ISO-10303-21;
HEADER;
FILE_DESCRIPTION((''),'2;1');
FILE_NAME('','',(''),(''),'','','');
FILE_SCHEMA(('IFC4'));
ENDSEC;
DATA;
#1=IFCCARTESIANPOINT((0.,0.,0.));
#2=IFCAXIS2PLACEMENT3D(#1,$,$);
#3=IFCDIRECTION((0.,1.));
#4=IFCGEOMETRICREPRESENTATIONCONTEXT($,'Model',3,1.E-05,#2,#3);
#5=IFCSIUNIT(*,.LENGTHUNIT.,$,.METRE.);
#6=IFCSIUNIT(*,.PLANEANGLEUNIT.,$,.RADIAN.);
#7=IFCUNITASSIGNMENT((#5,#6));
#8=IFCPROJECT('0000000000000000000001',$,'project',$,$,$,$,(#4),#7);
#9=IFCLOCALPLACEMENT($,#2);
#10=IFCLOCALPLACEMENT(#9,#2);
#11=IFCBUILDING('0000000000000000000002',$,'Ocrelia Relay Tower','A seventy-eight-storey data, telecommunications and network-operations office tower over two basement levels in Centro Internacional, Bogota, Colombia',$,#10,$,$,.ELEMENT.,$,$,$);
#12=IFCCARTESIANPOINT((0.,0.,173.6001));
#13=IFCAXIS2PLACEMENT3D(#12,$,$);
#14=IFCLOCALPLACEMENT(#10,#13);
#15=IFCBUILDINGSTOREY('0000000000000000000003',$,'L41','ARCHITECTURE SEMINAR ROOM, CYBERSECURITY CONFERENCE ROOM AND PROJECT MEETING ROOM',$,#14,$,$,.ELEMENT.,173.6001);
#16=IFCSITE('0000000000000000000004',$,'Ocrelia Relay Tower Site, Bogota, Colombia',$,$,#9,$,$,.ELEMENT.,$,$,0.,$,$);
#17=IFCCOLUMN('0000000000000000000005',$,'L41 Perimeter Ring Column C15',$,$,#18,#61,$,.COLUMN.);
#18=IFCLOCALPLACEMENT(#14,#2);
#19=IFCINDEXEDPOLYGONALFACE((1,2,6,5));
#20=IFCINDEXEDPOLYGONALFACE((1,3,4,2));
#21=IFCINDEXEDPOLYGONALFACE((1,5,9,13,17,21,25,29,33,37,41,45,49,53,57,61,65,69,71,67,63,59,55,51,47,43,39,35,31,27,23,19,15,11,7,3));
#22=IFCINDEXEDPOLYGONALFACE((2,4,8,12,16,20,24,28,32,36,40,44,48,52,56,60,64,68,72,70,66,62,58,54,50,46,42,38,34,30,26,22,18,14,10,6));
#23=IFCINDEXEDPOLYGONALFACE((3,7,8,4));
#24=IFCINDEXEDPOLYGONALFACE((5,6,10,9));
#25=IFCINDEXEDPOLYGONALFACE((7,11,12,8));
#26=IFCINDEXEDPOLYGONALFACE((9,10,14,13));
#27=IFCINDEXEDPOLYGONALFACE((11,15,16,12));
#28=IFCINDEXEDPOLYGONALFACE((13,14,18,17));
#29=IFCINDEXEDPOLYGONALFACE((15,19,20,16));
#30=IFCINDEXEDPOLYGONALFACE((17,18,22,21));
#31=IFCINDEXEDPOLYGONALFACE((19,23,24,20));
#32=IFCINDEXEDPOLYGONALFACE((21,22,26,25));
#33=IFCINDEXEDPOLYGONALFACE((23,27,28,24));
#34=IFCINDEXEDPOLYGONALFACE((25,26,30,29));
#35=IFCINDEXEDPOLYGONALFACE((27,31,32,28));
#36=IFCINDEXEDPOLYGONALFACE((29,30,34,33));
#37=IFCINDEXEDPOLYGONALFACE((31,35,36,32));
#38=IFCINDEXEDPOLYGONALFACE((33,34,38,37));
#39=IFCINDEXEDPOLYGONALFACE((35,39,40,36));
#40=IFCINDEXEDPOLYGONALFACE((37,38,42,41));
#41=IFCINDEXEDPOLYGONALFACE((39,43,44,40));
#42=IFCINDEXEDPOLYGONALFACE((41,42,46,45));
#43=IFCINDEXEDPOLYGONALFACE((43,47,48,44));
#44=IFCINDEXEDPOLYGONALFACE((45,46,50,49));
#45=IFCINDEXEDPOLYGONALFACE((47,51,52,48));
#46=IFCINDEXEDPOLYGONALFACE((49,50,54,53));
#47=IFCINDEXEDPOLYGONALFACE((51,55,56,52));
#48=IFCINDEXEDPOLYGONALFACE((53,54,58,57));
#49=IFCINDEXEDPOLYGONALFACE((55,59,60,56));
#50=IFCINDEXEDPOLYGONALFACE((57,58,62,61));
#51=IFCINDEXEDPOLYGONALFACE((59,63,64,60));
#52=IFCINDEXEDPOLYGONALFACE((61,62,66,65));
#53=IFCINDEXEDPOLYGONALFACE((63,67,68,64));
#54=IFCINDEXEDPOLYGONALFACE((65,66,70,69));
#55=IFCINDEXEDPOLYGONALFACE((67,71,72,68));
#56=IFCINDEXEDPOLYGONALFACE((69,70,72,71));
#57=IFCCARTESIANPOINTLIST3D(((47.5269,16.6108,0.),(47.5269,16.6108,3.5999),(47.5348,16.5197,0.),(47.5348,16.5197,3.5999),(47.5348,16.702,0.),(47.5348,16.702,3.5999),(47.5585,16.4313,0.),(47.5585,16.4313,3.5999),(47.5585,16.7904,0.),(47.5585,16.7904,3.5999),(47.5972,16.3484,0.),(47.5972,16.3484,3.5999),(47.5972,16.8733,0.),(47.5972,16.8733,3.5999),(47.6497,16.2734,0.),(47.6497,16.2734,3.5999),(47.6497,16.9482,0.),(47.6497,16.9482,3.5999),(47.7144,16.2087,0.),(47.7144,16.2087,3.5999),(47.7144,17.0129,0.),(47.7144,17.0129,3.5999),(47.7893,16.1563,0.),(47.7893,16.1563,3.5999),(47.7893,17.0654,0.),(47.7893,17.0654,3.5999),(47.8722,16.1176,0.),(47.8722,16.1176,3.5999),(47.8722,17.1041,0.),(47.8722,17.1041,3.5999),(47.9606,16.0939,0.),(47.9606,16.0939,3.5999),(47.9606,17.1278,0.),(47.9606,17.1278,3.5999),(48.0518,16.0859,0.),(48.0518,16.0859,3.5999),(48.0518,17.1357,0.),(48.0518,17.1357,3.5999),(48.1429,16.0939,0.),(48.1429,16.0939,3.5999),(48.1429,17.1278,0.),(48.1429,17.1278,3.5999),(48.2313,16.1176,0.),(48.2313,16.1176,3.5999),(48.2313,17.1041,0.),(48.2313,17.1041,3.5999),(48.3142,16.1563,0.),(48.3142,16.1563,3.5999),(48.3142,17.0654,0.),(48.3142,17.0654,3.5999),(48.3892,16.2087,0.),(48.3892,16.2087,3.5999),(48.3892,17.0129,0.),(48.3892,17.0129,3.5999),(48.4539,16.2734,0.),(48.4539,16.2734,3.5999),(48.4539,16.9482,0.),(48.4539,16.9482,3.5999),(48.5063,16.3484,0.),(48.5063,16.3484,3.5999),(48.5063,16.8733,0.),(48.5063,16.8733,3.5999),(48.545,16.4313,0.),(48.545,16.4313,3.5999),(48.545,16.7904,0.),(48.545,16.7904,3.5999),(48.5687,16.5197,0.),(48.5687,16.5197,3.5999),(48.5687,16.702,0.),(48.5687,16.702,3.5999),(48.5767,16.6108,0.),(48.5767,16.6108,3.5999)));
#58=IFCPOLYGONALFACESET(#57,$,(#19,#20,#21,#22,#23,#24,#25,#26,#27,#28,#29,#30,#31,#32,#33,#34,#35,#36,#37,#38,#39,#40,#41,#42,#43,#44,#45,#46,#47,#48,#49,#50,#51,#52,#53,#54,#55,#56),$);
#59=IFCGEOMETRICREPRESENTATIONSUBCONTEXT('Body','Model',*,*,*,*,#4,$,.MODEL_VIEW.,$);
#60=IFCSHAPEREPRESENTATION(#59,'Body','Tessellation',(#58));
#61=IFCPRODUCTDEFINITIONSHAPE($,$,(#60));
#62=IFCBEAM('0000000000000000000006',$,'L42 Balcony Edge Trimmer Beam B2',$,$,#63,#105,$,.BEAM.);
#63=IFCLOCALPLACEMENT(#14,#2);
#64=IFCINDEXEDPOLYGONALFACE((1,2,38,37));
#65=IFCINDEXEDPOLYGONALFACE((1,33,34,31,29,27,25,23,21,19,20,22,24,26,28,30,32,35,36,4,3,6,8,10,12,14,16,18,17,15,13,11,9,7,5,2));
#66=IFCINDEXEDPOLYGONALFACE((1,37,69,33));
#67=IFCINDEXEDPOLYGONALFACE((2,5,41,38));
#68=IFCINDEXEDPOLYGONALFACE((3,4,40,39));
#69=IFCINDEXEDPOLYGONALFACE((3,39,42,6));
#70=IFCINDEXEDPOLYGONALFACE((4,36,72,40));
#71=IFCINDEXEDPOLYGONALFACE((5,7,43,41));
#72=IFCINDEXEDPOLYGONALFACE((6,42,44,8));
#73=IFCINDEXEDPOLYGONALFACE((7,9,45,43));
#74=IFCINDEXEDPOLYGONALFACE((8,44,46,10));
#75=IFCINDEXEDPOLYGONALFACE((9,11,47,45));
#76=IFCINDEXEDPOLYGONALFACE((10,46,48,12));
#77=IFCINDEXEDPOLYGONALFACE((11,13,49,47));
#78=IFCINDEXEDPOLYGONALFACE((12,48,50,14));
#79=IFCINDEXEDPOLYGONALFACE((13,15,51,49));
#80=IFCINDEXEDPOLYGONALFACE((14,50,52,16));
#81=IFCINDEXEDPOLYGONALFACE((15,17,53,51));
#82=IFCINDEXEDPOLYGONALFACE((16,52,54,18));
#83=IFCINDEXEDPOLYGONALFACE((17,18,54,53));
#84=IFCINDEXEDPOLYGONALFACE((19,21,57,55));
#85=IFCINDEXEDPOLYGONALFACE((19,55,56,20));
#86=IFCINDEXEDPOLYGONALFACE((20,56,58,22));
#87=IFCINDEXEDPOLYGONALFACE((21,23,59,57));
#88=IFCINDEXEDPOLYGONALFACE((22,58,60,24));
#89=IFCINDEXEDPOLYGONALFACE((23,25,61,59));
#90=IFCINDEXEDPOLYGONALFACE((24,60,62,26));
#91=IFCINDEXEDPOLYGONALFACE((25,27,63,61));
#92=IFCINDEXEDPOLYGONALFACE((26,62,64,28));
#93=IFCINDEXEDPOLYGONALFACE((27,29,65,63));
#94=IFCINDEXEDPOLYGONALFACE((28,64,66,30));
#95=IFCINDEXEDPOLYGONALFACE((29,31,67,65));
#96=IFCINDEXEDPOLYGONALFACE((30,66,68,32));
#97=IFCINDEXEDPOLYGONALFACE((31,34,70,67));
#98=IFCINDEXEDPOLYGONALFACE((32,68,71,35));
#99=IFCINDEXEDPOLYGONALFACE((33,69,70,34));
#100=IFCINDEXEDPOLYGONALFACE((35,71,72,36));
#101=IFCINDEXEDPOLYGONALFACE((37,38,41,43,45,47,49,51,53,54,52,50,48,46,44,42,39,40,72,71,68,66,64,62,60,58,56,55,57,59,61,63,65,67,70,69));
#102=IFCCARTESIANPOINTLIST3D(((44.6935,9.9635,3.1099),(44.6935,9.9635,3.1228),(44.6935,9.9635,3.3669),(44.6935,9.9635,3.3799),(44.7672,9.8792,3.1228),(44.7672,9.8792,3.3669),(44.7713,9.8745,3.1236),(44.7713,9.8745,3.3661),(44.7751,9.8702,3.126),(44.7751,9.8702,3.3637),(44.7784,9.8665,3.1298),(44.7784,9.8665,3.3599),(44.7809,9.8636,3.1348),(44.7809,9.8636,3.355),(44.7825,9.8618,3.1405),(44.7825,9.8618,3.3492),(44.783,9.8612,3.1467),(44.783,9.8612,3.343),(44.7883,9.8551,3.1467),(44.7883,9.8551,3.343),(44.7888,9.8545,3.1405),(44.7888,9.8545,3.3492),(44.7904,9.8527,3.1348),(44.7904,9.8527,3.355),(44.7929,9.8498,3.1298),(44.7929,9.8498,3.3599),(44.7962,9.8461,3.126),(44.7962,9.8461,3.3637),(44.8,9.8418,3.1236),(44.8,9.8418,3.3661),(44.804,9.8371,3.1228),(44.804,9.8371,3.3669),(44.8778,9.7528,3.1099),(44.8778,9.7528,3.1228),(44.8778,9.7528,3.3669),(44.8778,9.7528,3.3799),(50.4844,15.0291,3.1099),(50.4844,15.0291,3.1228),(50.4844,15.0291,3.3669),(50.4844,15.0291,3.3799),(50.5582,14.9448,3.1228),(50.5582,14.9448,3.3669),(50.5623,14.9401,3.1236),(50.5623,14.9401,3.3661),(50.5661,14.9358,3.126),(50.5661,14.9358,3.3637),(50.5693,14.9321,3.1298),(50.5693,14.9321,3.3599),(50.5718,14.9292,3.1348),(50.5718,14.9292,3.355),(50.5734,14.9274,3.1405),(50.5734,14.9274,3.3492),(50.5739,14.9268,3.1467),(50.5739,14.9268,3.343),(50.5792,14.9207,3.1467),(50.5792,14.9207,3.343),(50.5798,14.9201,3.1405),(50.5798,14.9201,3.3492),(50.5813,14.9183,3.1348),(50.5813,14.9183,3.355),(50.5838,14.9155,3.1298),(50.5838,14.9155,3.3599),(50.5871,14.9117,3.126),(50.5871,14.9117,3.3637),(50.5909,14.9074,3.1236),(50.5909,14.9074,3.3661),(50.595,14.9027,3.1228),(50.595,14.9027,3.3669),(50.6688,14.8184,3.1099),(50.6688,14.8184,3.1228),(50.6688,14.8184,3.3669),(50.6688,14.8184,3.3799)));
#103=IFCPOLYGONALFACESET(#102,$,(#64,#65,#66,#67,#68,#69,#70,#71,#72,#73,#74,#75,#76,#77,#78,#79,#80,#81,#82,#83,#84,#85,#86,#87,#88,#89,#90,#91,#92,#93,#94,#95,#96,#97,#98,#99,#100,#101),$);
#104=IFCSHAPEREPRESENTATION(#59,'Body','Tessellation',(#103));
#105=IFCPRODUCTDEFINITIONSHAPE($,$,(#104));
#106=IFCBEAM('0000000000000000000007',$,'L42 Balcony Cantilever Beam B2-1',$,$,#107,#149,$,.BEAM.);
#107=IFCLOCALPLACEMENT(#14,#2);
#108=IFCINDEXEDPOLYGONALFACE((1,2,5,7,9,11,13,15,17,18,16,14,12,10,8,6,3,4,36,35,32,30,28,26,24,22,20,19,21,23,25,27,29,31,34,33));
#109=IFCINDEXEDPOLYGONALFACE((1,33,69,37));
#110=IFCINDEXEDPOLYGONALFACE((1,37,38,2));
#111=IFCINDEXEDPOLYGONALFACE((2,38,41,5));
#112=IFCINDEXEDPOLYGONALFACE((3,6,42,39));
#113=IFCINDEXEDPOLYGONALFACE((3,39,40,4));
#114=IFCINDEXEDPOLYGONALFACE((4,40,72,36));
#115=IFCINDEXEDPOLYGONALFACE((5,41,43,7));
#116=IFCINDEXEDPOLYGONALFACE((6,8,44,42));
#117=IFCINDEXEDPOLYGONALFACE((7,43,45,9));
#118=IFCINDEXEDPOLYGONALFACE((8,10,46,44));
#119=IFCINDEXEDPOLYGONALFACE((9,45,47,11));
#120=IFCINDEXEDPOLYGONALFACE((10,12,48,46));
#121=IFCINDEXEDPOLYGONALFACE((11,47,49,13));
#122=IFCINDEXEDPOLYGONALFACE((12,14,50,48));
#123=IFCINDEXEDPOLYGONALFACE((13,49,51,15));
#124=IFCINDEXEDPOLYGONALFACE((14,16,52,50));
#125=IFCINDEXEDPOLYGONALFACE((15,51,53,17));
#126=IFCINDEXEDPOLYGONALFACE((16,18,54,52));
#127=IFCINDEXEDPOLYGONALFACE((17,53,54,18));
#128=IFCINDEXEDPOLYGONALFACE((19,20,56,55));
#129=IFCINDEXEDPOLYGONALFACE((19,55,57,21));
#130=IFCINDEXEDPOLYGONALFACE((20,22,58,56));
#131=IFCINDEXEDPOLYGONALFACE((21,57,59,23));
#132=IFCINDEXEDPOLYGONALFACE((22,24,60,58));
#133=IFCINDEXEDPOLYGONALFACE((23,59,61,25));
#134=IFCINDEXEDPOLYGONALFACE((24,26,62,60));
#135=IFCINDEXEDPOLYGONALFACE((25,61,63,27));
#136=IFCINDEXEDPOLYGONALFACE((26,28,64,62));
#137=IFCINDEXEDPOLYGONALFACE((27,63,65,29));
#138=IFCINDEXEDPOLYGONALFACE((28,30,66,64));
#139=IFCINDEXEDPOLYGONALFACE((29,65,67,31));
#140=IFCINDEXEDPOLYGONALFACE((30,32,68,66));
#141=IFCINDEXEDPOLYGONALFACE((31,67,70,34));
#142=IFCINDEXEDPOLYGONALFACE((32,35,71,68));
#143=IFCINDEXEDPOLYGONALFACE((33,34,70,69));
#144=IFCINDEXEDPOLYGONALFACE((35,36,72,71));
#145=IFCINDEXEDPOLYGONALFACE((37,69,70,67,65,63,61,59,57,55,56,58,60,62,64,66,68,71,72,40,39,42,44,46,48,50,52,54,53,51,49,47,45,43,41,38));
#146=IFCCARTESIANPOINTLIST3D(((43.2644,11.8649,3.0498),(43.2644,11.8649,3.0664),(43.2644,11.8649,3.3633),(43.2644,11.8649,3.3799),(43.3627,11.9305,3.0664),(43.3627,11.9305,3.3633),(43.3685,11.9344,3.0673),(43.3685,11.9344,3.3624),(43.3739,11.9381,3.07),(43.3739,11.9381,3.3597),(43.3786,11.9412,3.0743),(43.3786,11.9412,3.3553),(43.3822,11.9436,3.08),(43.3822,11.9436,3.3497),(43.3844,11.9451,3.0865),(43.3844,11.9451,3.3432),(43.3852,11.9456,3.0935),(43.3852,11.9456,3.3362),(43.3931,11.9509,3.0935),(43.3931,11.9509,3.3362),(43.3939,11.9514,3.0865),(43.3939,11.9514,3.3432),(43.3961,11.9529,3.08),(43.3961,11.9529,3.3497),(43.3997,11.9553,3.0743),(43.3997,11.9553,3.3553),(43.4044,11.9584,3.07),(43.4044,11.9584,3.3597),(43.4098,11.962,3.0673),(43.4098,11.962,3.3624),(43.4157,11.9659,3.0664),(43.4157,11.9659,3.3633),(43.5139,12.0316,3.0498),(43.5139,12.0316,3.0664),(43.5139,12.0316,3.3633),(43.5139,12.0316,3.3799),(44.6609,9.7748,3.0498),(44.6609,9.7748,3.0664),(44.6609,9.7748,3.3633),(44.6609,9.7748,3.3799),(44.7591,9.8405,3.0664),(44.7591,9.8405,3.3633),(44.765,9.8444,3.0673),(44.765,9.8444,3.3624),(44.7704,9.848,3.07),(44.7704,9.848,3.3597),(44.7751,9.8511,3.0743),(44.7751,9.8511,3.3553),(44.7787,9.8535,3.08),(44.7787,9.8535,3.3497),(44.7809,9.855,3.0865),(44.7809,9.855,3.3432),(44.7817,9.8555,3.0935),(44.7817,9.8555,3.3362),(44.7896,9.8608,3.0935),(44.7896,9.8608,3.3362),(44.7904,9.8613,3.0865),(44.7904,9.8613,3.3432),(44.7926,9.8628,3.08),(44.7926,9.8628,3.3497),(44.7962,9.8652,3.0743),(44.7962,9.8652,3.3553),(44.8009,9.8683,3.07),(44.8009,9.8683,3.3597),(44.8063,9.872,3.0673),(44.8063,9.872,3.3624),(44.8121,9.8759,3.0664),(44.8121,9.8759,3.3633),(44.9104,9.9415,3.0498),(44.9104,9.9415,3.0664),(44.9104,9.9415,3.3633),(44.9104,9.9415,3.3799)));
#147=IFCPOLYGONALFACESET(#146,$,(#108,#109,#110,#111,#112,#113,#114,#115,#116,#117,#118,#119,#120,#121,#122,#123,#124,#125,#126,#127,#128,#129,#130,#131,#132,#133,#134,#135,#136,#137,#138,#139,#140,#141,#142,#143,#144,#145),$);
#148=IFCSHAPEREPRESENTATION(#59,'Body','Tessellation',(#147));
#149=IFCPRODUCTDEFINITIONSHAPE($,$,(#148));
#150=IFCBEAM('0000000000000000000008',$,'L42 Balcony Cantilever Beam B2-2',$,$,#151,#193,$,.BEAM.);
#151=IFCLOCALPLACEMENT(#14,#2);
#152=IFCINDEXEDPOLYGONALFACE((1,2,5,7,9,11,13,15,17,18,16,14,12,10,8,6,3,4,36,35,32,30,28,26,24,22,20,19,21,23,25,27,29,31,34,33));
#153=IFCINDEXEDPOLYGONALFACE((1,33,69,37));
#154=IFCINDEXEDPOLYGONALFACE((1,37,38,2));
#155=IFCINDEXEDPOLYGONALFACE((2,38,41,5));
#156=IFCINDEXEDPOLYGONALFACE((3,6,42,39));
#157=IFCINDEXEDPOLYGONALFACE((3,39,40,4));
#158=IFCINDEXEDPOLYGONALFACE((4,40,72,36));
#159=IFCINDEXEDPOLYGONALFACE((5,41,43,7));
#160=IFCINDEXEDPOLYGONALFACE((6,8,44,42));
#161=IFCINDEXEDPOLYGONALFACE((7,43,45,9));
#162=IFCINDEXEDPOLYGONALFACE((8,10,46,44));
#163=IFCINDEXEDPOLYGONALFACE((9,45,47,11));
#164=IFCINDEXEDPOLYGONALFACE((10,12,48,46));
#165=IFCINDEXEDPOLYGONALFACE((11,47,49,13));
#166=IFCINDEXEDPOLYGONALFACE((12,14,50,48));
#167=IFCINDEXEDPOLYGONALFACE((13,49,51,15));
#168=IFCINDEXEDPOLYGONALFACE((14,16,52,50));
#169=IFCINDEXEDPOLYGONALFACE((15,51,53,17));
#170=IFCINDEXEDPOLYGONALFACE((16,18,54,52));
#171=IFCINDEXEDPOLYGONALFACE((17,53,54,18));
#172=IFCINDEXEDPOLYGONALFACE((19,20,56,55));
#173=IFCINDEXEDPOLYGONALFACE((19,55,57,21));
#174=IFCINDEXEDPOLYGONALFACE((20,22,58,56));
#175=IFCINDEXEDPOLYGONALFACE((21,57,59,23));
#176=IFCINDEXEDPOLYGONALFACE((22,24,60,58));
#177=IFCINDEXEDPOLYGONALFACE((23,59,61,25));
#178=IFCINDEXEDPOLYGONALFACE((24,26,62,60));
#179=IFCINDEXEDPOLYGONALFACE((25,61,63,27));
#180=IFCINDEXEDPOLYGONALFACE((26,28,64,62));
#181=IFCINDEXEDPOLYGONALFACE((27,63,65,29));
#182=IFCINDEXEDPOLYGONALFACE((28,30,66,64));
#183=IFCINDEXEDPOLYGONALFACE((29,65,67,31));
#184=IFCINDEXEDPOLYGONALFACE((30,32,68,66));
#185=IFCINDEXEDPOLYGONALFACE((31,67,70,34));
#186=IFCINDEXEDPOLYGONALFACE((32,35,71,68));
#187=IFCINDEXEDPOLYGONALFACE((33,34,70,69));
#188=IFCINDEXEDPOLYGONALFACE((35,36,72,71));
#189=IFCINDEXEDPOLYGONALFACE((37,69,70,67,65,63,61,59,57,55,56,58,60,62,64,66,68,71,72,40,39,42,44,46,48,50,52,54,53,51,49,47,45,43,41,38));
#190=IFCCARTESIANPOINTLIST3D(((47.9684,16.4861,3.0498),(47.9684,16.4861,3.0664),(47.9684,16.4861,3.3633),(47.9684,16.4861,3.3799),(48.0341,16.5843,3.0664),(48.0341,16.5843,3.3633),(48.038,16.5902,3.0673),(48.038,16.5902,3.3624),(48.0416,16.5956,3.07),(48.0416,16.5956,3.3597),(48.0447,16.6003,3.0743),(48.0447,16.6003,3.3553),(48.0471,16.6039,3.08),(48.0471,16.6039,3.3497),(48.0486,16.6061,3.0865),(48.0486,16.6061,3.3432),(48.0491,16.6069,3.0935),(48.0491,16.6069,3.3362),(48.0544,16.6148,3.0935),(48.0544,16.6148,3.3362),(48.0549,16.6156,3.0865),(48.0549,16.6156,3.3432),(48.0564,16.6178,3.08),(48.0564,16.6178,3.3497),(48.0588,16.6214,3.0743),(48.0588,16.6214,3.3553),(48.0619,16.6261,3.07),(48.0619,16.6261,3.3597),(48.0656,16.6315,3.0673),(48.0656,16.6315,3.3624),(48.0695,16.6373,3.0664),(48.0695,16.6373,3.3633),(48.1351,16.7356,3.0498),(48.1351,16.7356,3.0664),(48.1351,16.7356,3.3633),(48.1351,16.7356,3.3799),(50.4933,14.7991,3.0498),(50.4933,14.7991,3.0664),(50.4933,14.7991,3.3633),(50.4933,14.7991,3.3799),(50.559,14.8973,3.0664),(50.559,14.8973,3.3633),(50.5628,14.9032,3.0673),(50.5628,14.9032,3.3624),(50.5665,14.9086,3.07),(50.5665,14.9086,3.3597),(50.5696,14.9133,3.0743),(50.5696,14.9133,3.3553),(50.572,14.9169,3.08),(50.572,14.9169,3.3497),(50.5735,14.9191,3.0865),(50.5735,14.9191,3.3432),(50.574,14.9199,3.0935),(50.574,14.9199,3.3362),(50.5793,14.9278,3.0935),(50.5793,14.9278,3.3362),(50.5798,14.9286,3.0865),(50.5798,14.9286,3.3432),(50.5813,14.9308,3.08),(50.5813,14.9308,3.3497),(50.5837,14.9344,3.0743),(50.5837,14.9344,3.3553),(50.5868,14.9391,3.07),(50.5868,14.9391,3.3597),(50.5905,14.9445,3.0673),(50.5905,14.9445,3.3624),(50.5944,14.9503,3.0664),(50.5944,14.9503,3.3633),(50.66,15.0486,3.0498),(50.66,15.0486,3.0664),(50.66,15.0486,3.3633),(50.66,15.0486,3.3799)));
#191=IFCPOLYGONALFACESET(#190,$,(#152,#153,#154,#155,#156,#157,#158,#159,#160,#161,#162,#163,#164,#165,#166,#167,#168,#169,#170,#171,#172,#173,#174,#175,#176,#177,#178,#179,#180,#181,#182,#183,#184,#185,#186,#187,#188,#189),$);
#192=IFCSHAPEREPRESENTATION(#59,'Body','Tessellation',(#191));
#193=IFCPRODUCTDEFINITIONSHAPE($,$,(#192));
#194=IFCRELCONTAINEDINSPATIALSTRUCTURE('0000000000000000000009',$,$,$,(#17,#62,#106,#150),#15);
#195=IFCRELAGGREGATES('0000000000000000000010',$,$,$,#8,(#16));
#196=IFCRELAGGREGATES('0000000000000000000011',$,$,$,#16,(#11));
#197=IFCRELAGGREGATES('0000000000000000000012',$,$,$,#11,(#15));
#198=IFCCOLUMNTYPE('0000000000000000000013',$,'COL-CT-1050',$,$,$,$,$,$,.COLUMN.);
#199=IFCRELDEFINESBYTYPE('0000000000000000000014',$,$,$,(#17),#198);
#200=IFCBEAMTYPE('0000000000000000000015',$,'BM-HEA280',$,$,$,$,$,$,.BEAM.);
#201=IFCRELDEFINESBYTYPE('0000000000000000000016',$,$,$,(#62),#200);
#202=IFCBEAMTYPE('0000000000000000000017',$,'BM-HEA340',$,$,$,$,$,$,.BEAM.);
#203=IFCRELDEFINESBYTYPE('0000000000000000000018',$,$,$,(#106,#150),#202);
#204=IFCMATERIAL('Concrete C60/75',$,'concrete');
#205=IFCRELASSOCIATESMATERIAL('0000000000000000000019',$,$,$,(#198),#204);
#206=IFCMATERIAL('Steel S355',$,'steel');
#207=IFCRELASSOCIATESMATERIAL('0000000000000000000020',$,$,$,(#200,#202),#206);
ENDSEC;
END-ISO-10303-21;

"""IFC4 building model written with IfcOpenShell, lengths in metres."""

from ifc_helpers import new_model, si_unit, direction, frame, origin, origin_2d, place, context, subcontext, project, spatial, circle, i_section, extrude, material, material_profile, profile_set, type_object, element, save


model = new_model("IFC4")

# Units and contexts
model_context = context("Model", 3, precision=1e-05, world=origin(), true_north=direction((0.0, 1.0)))
body_context = subcontext(model_context, "Body", "Model", "MODEL_VIEW")
ifc_project = project(units=[si_unit("LENGTHUNIT", "METRE"), si_unit("PLANEANGLEUNIT", "RADIAN")], contexts=[model_context])

# Site, building, storey
site_placement = place(None, origin())
site = spatial("IfcSite", under=ifc_project, at=site_placement, Name="Ocrelia Relay Tower Site, Bogota, Colombia", CompositionType="ELEMENT", RefElevation=0.0)
building_placement = place(site_placement, origin())
building = spatial("IfcBuilding", under=site, at=building_placement, Name="Ocrelia Relay Tower", Description="A seventy-eight-storey data, telecommunications and network-operations office tower over two basement levels in Centro Internacional, Bogota, Colombia", CompositionType="ELEMENT")
storey_placement = place(building_placement, frame((0.0, 0.0, 173.6001)))
storey = spatial("IfcBuildingStorey", under=building, at=storey_placement, Name="L41", Description="ARCHITECTURE SEMINAR ROOM, CYBERSECURITY CONFERENCE ROOM AND PROJECT MEETING ROOM", CompositionType="ELEMENT", Elevation=173.6001)

# Column
ifc_material_1 = material(Name="Concrete C60/75", Category="concrete")
ifc_material_profile_1 = material_profile(ifc_material_1, circle(Radius=0.5249, at=origin_2d()), Name="RC-CIR-1050")
ifc_profile_set_1 = profile_set([ifc_material_profile_1], Name="Concrete C60/75")
column_type = type_object("IfcColumnType", Name="COL-CT-1050", PredefinedType="COLUMN", material=ifc_profile_set_1)
column_placement = place(storey_placement, frame((48.0518, 16.6108, 0.0), z_axis=(0.0, 0.0, 1.0), x_axis=(1.0, 0.0, 0.0)))
element("IfcColumn", 1, at=column_placement, inside=storey, type_object=column_type, Name="L41 Perimeter Ring Column C15", PredefinedType="COLUMN", context=body_context, shape_type="SweptSolid", body=[
    extrude(circle(Radius=0.5249, at=origin_2d()), origin(), (0.0, 0.0, 1.0), 3.5999),
])

# Beams
ifc_material_2 = material(Name="Steel S355", Category="steel")
ifc_material_profile_2 = material_profile(ifc_material_2, i_section(OverallWidth=0.28, OverallDepth=0.27, WebThickness=0.0081, FlangeThickness=0.0129, FilletRadius=0.0239, at=origin_2d()), Name="HEA 280")
ifc_profile_set_2 = profile_set([ifc_material_profile_2], Name="Steel S355")
beam_type_1 = type_object("IfcBeamType", Name="BM-HEA280", PredefinedType="BEAM", material=ifc_profile_set_2)
beam_1_placement = place(storey_placement, frame((44.7856, 9.8582, 3.2449), z_axis=(0.752671, 0.658397, 0.0), x_axis=(-0.658397, 0.752671, 0.0)))
element("IfcBeam", 2, at=beam_1_placement, inside=storey, type_object=beam_type_1, Name="L42 Balcony Edge Trimmer Beam B2", PredefinedType="BEAM", context=body_context, shape_type="SweptSolid", body=[
    extrude(i_section(OverallWidth=0.28, OverallDepth=0.27, WebThickness=0.0081, FlangeThickness=0.0129, FilletRadius=0.0239, at=origin_2d()), origin(), (0.0, 0.0, 1.0), 7.6938),
])
ifc_material_profile_3 = material_profile(ifc_material_2, i_section(OverallWidth=0.3, OverallDepth=0.3301, WebThickness=0.0095, FlangeThickness=0.0166, FilletRadius=0.0271, at=origin_2d()), Name="HEA 340")
ifc_profile_set_3 = profile_set([ifc_material_profile_3], Name="Steel S355")
beam_type_2 = type_object("IfcBeamType", Name="BM-HEA340", PredefinedType="BEAM", material=ifc_profile_set_3)
beam_2_placement = place(storey_placement, frame((43.3892, 11.9482, 3.2148), z_axis=(0.555552, -0.831482, 0.0), x_axis=(0.831482, 0.555552, 0.0)))
element("IfcBeam", 3, at=beam_2_placement, inside=storey, type_object=beam_type_2, Name="L42 Balcony Cantilever Beam B2-1", PredefinedType="BEAM", context=body_context, shape_type="SweptSolid", body=[
    extrude(i_section(OverallWidth=0.3, OverallDepth=0.3301, WebThickness=0.0095, FlangeThickness=0.0166, FilletRadius=0.0271, at=origin_2d()), origin(), (0.0, 0.0, 1.0), 2.5137),
])
beam_3_placement = place(storey_placement, frame((48.0518, 16.6108, 3.2148), z_axis=(0.831481, -0.555553, 0.0), x_axis=(0.555553, 0.831481, 0.0)))
element("IfcBeam", 4, at=beam_3_placement, inside=storey, type_object=beam_type_2, Name="L42 Balcony Cantilever Beam B2-2", PredefinedType="BEAM", context=body_context, shape_type="SweptSolid", body=[
    extrude(i_section(OverallWidth=0.3, OverallDepth=0.3301, WebThickness=0.0095, FlangeThickness=0.0166, FilletRadius=0.0271, at=origin_2d()), origin(), (0.0, 0.0, 1.0), 3.0366),
])

save(model, "model.ifc")
